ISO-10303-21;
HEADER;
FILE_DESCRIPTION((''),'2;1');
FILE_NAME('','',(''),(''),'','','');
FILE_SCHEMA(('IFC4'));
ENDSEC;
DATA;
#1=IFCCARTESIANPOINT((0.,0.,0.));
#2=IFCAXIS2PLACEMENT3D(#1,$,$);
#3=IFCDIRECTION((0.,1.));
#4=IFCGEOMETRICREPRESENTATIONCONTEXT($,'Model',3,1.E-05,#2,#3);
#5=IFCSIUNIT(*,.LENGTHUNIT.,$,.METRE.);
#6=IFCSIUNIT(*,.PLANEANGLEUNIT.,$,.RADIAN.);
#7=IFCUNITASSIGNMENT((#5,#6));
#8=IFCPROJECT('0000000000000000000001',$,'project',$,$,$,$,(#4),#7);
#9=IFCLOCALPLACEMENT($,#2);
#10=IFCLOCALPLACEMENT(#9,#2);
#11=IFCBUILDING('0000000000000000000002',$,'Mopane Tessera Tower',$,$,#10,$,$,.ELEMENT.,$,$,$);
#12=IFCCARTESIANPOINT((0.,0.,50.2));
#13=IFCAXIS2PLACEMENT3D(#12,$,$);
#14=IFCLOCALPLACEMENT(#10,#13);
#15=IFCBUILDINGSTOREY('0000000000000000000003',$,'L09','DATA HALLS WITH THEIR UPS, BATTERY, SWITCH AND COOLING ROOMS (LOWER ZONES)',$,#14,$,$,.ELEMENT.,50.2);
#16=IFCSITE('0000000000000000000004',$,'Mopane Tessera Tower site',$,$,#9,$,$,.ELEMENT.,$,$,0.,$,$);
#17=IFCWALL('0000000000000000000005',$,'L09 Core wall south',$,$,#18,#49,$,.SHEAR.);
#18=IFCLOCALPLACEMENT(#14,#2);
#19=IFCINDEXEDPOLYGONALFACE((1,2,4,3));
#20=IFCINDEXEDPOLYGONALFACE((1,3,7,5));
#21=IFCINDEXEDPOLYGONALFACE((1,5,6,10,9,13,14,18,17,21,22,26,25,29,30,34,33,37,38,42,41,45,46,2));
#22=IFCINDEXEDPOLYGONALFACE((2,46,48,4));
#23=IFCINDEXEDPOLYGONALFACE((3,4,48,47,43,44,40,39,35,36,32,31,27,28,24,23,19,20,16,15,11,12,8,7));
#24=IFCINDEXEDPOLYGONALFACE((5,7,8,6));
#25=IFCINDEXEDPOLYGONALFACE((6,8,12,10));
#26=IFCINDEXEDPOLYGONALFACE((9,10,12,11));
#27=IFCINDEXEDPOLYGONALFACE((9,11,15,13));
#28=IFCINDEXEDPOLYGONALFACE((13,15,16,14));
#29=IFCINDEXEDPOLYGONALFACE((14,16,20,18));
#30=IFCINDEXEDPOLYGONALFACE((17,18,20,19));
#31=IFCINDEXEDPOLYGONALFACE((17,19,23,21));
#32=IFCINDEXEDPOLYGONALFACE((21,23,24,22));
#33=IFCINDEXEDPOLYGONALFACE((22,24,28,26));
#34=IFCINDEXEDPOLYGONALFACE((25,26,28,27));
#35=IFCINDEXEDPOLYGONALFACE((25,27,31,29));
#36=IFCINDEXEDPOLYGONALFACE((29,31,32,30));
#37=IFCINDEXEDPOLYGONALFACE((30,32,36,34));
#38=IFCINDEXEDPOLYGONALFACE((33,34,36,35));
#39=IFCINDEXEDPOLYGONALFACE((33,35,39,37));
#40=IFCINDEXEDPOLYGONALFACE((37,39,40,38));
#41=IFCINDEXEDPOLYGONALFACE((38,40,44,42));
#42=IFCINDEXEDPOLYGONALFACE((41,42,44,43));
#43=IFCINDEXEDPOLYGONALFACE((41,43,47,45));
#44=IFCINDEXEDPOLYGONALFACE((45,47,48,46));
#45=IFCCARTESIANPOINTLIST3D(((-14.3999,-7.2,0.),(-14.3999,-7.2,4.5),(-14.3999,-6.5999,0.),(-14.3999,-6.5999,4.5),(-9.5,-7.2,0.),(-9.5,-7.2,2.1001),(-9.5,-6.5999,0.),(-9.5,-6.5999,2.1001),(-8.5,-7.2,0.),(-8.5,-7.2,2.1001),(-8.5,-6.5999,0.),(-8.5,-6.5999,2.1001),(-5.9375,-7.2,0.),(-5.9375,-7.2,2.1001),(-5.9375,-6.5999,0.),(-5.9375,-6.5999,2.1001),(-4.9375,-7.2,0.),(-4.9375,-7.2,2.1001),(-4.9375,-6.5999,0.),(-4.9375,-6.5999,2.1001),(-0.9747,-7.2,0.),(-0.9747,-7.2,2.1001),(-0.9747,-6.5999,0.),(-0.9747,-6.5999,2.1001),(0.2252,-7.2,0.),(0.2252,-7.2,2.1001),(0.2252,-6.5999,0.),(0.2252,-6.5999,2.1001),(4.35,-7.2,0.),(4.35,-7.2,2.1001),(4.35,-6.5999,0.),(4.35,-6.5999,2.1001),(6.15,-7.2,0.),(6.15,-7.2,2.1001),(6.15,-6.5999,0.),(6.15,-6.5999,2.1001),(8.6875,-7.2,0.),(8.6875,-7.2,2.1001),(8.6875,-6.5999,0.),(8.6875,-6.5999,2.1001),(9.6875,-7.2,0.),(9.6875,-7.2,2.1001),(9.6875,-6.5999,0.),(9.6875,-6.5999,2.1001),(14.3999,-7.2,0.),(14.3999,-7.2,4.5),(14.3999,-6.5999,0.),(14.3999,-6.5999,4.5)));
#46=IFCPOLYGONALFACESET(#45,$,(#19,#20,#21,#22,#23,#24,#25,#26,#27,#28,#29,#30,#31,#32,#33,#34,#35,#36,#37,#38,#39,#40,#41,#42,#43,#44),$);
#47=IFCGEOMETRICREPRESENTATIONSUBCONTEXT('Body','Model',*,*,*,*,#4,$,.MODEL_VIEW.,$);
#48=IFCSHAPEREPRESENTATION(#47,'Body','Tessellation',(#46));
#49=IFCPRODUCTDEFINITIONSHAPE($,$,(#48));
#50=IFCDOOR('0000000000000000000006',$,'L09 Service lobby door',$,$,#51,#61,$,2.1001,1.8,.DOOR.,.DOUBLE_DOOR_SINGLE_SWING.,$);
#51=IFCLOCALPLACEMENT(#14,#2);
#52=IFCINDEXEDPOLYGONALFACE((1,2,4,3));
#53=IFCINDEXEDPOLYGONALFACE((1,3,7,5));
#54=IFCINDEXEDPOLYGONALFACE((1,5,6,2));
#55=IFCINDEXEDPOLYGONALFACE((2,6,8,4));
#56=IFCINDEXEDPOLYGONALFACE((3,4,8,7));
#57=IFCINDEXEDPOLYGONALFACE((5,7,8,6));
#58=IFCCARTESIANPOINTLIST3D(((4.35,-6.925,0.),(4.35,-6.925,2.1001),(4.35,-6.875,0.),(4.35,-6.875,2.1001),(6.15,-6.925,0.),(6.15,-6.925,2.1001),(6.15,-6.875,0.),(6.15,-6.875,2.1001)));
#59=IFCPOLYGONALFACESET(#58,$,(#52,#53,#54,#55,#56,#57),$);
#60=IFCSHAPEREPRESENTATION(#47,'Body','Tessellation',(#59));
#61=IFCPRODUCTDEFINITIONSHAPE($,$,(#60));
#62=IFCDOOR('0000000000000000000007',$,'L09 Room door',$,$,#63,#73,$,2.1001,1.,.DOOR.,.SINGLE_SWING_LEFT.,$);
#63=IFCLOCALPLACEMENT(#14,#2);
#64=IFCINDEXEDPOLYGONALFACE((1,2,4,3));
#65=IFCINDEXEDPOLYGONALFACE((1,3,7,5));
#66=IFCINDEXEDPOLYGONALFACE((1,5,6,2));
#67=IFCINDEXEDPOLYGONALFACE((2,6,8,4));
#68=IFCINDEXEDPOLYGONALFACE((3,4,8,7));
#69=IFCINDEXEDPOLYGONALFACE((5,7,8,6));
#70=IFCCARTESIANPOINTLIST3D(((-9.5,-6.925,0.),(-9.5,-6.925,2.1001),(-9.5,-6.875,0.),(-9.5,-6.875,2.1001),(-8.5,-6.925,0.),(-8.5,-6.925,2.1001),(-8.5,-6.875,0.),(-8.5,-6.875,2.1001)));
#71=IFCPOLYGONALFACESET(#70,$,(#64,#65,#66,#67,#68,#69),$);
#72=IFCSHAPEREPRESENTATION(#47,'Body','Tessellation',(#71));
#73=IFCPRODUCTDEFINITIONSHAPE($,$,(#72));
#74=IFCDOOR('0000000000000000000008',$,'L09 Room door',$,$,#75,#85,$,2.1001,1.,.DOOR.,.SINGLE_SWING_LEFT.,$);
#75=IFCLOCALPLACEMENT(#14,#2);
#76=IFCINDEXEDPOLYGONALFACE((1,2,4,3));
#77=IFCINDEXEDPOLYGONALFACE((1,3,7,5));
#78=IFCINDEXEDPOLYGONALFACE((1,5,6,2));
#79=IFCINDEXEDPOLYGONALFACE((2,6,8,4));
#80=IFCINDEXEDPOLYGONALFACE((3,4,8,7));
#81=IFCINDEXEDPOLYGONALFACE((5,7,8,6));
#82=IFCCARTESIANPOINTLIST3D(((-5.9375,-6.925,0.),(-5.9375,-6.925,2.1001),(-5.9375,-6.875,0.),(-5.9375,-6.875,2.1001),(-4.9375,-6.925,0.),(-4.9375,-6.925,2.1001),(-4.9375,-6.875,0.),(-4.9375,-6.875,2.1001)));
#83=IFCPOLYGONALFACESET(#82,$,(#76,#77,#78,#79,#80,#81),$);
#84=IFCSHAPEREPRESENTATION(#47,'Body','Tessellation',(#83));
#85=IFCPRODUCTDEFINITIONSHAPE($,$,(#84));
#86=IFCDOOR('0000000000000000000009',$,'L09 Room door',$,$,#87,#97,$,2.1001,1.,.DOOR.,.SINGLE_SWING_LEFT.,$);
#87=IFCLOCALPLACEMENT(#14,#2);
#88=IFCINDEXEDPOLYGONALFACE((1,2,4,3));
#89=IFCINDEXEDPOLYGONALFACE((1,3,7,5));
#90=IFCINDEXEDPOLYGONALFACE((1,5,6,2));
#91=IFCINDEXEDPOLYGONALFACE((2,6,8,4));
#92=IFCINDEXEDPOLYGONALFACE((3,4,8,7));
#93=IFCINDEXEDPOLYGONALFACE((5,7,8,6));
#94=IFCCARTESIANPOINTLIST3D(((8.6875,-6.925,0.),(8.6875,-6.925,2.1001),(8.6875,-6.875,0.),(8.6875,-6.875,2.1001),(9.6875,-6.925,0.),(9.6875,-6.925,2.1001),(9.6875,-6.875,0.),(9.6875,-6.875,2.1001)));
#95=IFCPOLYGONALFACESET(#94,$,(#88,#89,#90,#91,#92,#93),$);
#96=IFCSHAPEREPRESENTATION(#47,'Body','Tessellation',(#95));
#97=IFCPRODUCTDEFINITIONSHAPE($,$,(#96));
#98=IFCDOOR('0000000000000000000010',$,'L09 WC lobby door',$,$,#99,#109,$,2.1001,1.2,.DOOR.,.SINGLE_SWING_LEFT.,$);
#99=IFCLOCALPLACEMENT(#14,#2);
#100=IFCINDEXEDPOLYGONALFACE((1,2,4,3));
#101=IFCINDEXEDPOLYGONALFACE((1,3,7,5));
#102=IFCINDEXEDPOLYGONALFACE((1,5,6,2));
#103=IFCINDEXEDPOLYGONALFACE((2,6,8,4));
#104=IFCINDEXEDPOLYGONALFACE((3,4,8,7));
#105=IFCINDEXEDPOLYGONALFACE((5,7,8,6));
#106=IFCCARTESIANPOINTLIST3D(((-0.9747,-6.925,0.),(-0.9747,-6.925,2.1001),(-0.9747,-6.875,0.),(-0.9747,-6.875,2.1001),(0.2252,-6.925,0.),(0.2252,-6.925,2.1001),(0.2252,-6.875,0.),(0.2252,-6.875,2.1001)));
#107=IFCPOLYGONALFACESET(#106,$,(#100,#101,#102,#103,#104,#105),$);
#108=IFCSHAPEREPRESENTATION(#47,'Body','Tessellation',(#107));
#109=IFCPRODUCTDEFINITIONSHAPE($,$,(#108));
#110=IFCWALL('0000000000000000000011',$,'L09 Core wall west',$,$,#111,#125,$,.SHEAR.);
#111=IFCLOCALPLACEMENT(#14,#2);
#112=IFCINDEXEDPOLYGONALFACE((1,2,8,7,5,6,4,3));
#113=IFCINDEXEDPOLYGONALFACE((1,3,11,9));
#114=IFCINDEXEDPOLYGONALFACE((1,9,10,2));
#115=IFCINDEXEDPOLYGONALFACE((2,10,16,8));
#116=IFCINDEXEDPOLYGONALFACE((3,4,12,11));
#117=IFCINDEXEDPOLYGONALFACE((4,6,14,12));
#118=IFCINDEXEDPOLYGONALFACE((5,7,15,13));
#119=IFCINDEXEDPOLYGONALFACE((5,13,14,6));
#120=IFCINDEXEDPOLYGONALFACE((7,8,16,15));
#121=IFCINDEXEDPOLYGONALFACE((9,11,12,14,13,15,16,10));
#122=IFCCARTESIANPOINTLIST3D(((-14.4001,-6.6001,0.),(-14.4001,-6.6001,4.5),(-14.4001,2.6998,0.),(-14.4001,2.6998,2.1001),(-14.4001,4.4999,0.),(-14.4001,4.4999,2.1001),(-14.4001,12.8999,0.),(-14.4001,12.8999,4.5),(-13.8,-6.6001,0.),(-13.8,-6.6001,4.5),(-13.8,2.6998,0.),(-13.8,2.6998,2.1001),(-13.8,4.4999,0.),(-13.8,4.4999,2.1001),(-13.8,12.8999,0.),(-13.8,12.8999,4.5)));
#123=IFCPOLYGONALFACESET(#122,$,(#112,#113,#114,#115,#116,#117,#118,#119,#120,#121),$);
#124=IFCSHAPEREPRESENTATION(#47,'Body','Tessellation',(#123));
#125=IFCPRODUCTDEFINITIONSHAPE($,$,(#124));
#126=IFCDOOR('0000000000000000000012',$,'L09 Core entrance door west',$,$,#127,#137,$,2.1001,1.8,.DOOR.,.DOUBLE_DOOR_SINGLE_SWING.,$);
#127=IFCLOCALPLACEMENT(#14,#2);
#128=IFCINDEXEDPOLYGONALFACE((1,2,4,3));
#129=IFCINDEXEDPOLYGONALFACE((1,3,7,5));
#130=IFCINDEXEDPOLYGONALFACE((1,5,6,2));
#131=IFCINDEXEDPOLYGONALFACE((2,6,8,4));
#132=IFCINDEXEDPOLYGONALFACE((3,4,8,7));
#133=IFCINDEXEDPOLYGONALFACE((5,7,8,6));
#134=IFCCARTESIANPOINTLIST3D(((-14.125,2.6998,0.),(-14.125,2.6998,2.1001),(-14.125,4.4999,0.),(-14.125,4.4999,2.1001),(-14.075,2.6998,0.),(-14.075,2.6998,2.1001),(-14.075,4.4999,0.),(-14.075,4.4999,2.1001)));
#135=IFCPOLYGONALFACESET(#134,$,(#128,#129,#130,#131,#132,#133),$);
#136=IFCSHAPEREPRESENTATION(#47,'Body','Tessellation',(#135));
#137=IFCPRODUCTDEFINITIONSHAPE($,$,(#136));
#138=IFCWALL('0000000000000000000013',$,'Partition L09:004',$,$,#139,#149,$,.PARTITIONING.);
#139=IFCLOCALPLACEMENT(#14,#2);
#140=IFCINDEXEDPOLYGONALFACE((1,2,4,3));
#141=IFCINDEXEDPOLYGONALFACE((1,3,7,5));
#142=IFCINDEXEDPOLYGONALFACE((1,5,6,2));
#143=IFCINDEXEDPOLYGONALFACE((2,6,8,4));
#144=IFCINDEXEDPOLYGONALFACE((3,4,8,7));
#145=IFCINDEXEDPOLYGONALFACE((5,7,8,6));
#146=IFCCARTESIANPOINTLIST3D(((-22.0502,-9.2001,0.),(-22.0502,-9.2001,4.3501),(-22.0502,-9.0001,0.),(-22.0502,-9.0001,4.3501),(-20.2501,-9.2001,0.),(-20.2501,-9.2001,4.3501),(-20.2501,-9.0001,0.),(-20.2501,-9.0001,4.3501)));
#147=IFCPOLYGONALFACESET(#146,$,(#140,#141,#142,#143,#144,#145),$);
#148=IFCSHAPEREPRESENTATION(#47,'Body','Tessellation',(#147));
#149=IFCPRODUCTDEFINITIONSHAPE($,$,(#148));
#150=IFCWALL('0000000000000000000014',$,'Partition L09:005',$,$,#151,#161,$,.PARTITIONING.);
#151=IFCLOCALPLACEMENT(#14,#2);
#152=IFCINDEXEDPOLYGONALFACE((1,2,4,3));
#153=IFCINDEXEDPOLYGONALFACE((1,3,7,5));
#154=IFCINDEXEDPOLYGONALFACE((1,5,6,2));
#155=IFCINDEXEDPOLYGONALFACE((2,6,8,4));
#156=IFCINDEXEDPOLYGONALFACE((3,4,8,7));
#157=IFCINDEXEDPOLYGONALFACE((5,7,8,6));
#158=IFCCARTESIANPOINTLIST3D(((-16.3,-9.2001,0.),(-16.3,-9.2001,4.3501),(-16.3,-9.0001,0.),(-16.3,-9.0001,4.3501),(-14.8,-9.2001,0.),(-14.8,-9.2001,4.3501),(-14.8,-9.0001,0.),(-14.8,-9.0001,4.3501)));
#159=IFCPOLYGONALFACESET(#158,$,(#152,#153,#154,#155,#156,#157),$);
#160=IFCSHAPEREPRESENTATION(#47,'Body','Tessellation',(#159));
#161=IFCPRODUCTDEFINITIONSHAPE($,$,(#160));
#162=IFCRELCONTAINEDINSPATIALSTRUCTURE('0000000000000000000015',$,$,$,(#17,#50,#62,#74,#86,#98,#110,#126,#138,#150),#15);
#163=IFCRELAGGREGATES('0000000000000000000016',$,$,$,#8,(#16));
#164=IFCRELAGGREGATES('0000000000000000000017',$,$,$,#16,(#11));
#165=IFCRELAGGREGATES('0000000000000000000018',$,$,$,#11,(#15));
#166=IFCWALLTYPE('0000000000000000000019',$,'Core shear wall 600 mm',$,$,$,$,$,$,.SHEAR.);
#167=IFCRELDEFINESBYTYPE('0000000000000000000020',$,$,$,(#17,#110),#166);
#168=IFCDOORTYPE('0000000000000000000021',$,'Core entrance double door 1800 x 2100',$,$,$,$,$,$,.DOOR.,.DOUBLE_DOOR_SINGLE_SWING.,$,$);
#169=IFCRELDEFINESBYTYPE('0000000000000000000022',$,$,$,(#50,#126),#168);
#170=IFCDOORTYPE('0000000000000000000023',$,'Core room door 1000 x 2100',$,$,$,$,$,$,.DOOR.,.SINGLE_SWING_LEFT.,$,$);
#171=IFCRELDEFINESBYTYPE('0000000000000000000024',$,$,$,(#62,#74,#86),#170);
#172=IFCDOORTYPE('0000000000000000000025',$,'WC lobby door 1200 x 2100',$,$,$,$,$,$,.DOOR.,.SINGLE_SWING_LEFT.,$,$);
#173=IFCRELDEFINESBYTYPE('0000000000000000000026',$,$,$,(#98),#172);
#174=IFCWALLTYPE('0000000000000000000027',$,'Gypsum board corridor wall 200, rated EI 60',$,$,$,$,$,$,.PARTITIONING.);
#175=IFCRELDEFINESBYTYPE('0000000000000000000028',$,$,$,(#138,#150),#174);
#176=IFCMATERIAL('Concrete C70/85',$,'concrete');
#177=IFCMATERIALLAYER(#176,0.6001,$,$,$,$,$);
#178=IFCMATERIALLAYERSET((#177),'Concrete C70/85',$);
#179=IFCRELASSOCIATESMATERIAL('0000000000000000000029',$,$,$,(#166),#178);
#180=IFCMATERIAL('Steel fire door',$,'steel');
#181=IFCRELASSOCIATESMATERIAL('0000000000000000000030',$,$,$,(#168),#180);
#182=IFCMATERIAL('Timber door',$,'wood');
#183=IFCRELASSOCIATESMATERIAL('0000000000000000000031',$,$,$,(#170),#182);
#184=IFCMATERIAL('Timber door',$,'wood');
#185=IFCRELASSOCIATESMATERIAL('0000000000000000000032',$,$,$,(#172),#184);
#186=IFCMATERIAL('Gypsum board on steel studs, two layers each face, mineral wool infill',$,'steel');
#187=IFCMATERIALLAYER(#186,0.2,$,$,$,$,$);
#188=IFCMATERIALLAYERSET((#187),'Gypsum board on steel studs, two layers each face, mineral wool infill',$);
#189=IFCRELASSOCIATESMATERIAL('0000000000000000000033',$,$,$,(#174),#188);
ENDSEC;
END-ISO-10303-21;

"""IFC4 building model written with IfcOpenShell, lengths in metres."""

from ifc_helpers import new_model, si_unit, direction, frame, frame_2d, origin, place, context, subcontext, project, spatial, rectangle, extrude, material, layer, layer_set, type_object, element, fill, save


model = new_model("IFC4")

# Units and contexts
model_context = context("Model", 3, precision=1e-05, world=origin(), true_north=direction((0.0, 1.0)))
body_context = subcontext(model_context, "Body", "Model", "MODEL_VIEW")
ifc_project = project(units=[si_unit("LENGTHUNIT", "METRE"), si_unit("PLANEANGLEUNIT", "RADIAN")], contexts=[model_context])

# Site, building, storey
site_placement = place(None, origin())
site = spatial("IfcSite", under=ifc_project, at=site_placement, Name="Mopane Tessera Tower site", CompositionType="ELEMENT", RefElevation=0.0)
building_placement = place(site_placement, origin())
building = spatial("IfcBuilding", under=site, at=building_placement, Name="Mopane Tessera Tower", CompositionType="ELEMENT")
storey_placement = place(building_placement, frame((0.0, 0.0, 50.2)))
storey = spatial("IfcBuildingStorey", under=building, at=storey_placement, Name="L09", Description="DATA HALLS WITH THEIR UPS, BATTERY, SWITCH AND COOLING ROOMS (LOWER ZONES)", CompositionType="ELEMENT", Elevation=50.2)

# Wall, openings, doors
ifc_material_1 = material(Name="Concrete C70/85", Category="concrete")
ifc_layer_1 = layer(ifc_material_1, 0.6001)
ifc_layer_set_1 = layer_set([ifc_layer_1], Name="Concrete C70/85")
wall_type_1 = type_object("IfcWallType", Name="Core shear wall 600 mm", PredefinedType="SHEAR", material=ifc_layer_set_1)
wall_1_placement = place(storey_placement, frame((-14.3999, -6.8999, 0.0), z_axis=(0.0, 0.0, 1.0), x_axis=(1.0, 0.0, 0.0)))
wall_1 = element("IfcWall", 1, at=wall_1_placement, inside=storey, type_object=wall_type_1, Name="L09 Core wall south", PredefinedType="SHEAR", context=body_context, shape_type="SweptSolid", body=[
    extrude(rectangle(XDim=28.7998, YDim=0.6001, at=frame_2d((14.3999, 0.0))), origin(), (0.0, 0.0, 1.0), 4.5),
])
opening_1_placement = place(wall_1_placement, frame((4.8999, 0.0, 0.0)))
opening_1 = element("IfcOpeningElement", 2, at=opening_1_placement, cuts=wall_1, PredefinedType="OPENING", context=body_context, shape_type="SweptSolid", body=[
    extrude(rectangle(XDim=1.0, YDim=2.1001, at=frame_2d((0.5, 1.05))), frame((0.0, 0.312, 0.0), z_axis=(0.0, -1.0, 0.0), x_axis=(1.0, 0.0, 0.0)), (0.0, 0.0, 1.0), 0.624),
])
opening_2_placement = place(wall_1_placement, frame((8.4624, 0.0, 0.0)))
opening_2 = element("IfcOpeningElement", 3, at=opening_2_placement, cuts=wall_1, PredefinedType="OPENING", context=body_context, shape_type="SweptSolid", body=[
    extrude(rectangle(XDim=1.0, YDim=2.1001, at=frame_2d((0.5, 1.05))), frame((0.0, 0.312, 0.0), z_axis=(0.0, -1.0, 0.0), x_axis=(1.0, 0.0, 0.0)), (0.0, 0.0, 1.0), 0.624),
])
opening_3_placement = place(wall_1_placement, frame((13.425, 0.0, 0.0)))
opening_3 = element("IfcOpeningElement", 4, at=opening_3_placement, cuts=wall_1, PredefinedType="OPENING", context=body_context, shape_type="SweptSolid", body=[
    extrude(rectangle(XDim=1.2, YDim=2.1001, at=frame_2d((0.6001, 1.05))), frame((0.0, 0.312, 0.0), z_axis=(0.0, -1.0, 0.0), x_axis=(1.0, 0.0, 0.0)), (0.0, 0.0, 1.0), 0.624),
])
opening_4_placement = place(wall_1_placement, frame((18.75, 0.0, 0.0)))
opening_4 = element("IfcOpeningElement", 5, at=opening_4_placement, cuts=wall_1, PredefinedType="OPENING", context=body_context, shape_type="SweptSolid", body=[
    extrude(rectangle(XDim=1.8, YDim=2.1001, at=frame_2d((0.8999, 1.05))), frame((0.0, 0.312, 0.0), z_axis=(0.0, -1.0, 0.0), x_axis=(1.0, 0.0, 0.0)), (0.0, 0.0, 1.0), 0.624),
])
opening_5_placement = place(wall_1_placement, frame((23.0874, 0.0, 0.0)))
opening_5 = element("IfcOpeningElement", 6, at=opening_5_placement, cuts=wall_1, PredefinedType="OPENING", context=body_context, shape_type="SweptSolid", body=[
    extrude(rectangle(XDim=1.0, YDim=2.1001, at=frame_2d((0.5, 1.05))), frame((0.0, 0.312, 0.0), z_axis=(0.0, -1.0, 0.0), x_axis=(1.0, 0.0, 0.0)), (0.0, 0.0, 1.0), 0.624),
])
ifc_material_2 = material(Name="Steel fire door", Category="steel")
door_type_1 = type_object("IfcDoorType", Name="Core entrance double door 1800 x 2100", OperationType="DOUBLE_DOOR_SINGLE_SWING", PredefinedType="DOOR", material=ifc_material_2)
door_1_placement = place(opening_4_placement, origin())
door_1 = element("IfcDoor", 7, at=door_1_placement, inside=storey, type_object=door_type_1, Name="L09 Service lobby door", OperationType="DOUBLE_DOOR_SINGLE_SWING", OverallHeight=2.1001, OverallWidth=1.8, PredefinedType="DOOR", context=body_context, shape_type="SweptSolid", body=[
    extrude(rectangle(XDim=1.8, YDim=2.1001, at=frame_2d((0.8999, 1.05))), frame((0.0, 0.0249, 0.0), z_axis=(0.0, -1.0, 0.0), x_axis=(1.0, 0.0, 0.0)), (0.0, 0.0, 1.0), 0.05),
])
fill(opening_4, door_1)
ifc_material_3 = material(Name="Timber door", Category="wood")
door_type_2 = type_object("IfcDoorType", Name="Core room door 1000 x 2100", OperationType="SINGLE_SWING_LEFT", PredefinedType="DOOR", material=ifc_material_3)
door_2_placement = place(opening_1_placement, origin())
door_2 = element("IfcDoor", 8, at=door_2_placement, inside=storey, type_object=door_type_2, Name="L09 Room door", OperationType="SINGLE_SWING_LEFT", OverallHeight=2.1001, OverallWidth=1.0, PredefinedType="DOOR", context=body_context, shape_type="SweptSolid", body=[
    extrude(rectangle(XDim=1.0, YDim=2.1001, at=frame_2d((0.5, 1.05))), frame((0.0, 0.0249, 0.0), z_axis=(0.0, -1.0, 0.0), x_axis=(1.0, 0.0, 0.0)), (0.0, 0.0, 1.0), 0.05),
])
fill(opening_1, door_2)
door_3_placement = place(opening_2_placement, origin())
door_3 = element("IfcDoor", 9, at=door_3_placement, inside=storey, type_object=door_type_2, Name="L09 Room door", OperationType="SINGLE_SWING_LEFT", OverallHeight=2.1001, OverallWidth=1.0, PredefinedType="DOOR", context=body_context, shape_type="SweptSolid", body=[
    extrude(rectangle(XDim=1.0, YDim=2.1001, at=frame_2d((0.5, 1.05))), frame((0.0, 0.0249, 0.0), z_axis=(0.0, -1.0, 0.0), x_axis=(1.0, 0.0, 0.0)), (0.0, 0.0, 1.0), 0.05),
])
fill(opening_2, door_3)
door_4_placement = place(opening_5_placement, origin())
door_4 = element("IfcDoor", 10, at=door_4_placement, inside=storey, type_object=door_type_2, Name="L09 Room door", OperationType="SINGLE_SWING_LEFT", OverallHeight=2.1001, OverallWidth=1.0, PredefinedType="DOOR", context=body_context, shape_type="SweptSolid", body=[
    extrude(rectangle(XDim=1.0, YDim=2.1001, at=frame_2d((0.5, 1.05))), frame((0.0, 0.0249, 0.0), z_axis=(0.0, -1.0, 0.0), x_axis=(1.0, 0.0, 0.0)), (0.0, 0.0, 1.0), 0.05),
])
fill(opening_5, door_4)
ifc_material_4 = material(Name="Timber door", Category="wood")
door_type_3 = type_object("IfcDoorType", Name="WC lobby door 1200 x 2100", OperationType="SINGLE_SWING_LEFT", PredefinedType="DOOR", material=ifc_material_4)
door_5_placement = place(opening_3_placement, origin())
door_5 = element("IfcDoor", 11, at=door_5_placement, inside=storey, type_object=door_type_3, Name="L09 WC lobby door", OperationType="SINGLE_SWING_LEFT", OverallHeight=2.1001, OverallWidth=1.2, PredefinedType="DOOR", context=body_context, shape_type="SweptSolid", body=[
    extrude(rectangle(XDim=1.2, YDim=2.1001, at=frame_2d((0.6001, 1.05))), frame((0.0, 0.0249, 0.0), z_axis=(0.0, -1.0, 0.0), x_axis=(1.0, 0.0, 0.0)), (0.0, 0.0, 1.0), 0.05),
])
fill(opening_3, door_5)

# Wall, opening, door
wall_2_placement = place(storey_placement, frame((-14.1001, -6.6001, 0.0), z_axis=(0.0, 0.0, 1.0), x_axis=(0.0, 1.0, 0.0)))
wall_2 = element("IfcWall", 12, at=wall_2_placement, inside=storey, type_object=wall_type_1, Name="L09 Core wall west", PredefinedType="SHEAR", context=body_context, shape_type="SweptSolid", body=[
    extrude(rectangle(XDim=19.5, YDim=0.6001, at=frame_2d((9.75, 0.0))), origin(), (0.0, 0.0, 1.0), 4.5),
])
opening_6_placement = place(wall_2_placement, frame((9.3, 0.0, 0.0)))
opening_6 = element("IfcOpeningElement", 13, at=opening_6_placement, cuts=wall_2, PredefinedType="OPENING", context=body_context, shape_type="SweptSolid", body=[
    extrude(rectangle(XDim=1.8, YDim=2.1001, at=frame_2d((0.8999, 1.05))), frame((0.0, 0.312, 0.0), z_axis=(0.0, -1.0, 0.0), x_axis=(1.0, 0.0, 0.0)), (0.0, 0.0, 1.0), 0.624),
])
door_6_placement = place(opening_6_placement, origin())
door_6 = element("IfcDoor", 14, at=door_6_placement, inside=storey, type_object=door_type_1, Name="L09 Core entrance door west", OperationType="DOUBLE_DOOR_SINGLE_SWING", OverallHeight=2.1001, OverallWidth=1.8, PredefinedType="DOOR", context=body_context, shape_type="SweptSolid", body=[
    extrude(rectangle(XDim=1.8, YDim=2.1001, at=frame_2d((0.8999, 1.05))), frame((0.0, 0.0249, 0.0), z_axis=(0.0, -1.0, 0.0), x_axis=(1.0, 0.0, 0.0)), (0.0, 0.0, 1.0), 0.05),
])
fill(opening_6, door_6)

# Walls
ifc_material_5 = material(Name="Gypsum board on steel studs, two layers each face, mineral wool infill", Category="steel")
ifc_layer_2 = layer(ifc_material_5, 0.2)
ifc_layer_set_2 = layer_set([ifc_layer_2], Name="Gypsum board on steel studs, two layers each face, mineral wool infill")
wall_type_2 = type_object("IfcWallType", Name="Gypsum board corridor wall 200, rated EI 60", PredefinedType="PARTITIONING", material=ifc_layer_set_2)
wall_3_placement = place(storey_placement, frame((-22.05, -9.1001, 0.0), z_axis=(0.0, 0.0, 1.0), x_axis=(1.0, 0.0, 0.0)))
element("IfcWall", 15, at=wall_3_placement, inside=storey, type_object=wall_type_2, Name="Partition L09:004", PredefinedType="PARTITIONING", context=body_context, shape_type="SweptSolid", body=[
    extrude(rectangle(XDim=1.8, YDim=0.2, at=frame_2d((0.8999, 0.0))), origin(), (0.0, 0.0, 1.0), 4.3501),
])
wall_4_placement = place(storey_placement, frame((-16.3, -9.1001, 0.0), z_axis=(0.0, 0.0, 1.0), x_axis=(1.0, 0.0, 0.0)))
element("IfcWall", 16, at=wall_4_placement, inside=storey, type_object=wall_type_2, Name="Partition L09:005", PredefinedType="PARTITIONING", context=body_context, shape_type="SweptSolid", body=[
    extrude(rectangle(XDim=1.5, YDim=0.2, at=frame_2d((0.75, 0.0))), origin(), (0.0, 0.0, 1.0), 4.3501),
])

save(model, "model.ifc")
